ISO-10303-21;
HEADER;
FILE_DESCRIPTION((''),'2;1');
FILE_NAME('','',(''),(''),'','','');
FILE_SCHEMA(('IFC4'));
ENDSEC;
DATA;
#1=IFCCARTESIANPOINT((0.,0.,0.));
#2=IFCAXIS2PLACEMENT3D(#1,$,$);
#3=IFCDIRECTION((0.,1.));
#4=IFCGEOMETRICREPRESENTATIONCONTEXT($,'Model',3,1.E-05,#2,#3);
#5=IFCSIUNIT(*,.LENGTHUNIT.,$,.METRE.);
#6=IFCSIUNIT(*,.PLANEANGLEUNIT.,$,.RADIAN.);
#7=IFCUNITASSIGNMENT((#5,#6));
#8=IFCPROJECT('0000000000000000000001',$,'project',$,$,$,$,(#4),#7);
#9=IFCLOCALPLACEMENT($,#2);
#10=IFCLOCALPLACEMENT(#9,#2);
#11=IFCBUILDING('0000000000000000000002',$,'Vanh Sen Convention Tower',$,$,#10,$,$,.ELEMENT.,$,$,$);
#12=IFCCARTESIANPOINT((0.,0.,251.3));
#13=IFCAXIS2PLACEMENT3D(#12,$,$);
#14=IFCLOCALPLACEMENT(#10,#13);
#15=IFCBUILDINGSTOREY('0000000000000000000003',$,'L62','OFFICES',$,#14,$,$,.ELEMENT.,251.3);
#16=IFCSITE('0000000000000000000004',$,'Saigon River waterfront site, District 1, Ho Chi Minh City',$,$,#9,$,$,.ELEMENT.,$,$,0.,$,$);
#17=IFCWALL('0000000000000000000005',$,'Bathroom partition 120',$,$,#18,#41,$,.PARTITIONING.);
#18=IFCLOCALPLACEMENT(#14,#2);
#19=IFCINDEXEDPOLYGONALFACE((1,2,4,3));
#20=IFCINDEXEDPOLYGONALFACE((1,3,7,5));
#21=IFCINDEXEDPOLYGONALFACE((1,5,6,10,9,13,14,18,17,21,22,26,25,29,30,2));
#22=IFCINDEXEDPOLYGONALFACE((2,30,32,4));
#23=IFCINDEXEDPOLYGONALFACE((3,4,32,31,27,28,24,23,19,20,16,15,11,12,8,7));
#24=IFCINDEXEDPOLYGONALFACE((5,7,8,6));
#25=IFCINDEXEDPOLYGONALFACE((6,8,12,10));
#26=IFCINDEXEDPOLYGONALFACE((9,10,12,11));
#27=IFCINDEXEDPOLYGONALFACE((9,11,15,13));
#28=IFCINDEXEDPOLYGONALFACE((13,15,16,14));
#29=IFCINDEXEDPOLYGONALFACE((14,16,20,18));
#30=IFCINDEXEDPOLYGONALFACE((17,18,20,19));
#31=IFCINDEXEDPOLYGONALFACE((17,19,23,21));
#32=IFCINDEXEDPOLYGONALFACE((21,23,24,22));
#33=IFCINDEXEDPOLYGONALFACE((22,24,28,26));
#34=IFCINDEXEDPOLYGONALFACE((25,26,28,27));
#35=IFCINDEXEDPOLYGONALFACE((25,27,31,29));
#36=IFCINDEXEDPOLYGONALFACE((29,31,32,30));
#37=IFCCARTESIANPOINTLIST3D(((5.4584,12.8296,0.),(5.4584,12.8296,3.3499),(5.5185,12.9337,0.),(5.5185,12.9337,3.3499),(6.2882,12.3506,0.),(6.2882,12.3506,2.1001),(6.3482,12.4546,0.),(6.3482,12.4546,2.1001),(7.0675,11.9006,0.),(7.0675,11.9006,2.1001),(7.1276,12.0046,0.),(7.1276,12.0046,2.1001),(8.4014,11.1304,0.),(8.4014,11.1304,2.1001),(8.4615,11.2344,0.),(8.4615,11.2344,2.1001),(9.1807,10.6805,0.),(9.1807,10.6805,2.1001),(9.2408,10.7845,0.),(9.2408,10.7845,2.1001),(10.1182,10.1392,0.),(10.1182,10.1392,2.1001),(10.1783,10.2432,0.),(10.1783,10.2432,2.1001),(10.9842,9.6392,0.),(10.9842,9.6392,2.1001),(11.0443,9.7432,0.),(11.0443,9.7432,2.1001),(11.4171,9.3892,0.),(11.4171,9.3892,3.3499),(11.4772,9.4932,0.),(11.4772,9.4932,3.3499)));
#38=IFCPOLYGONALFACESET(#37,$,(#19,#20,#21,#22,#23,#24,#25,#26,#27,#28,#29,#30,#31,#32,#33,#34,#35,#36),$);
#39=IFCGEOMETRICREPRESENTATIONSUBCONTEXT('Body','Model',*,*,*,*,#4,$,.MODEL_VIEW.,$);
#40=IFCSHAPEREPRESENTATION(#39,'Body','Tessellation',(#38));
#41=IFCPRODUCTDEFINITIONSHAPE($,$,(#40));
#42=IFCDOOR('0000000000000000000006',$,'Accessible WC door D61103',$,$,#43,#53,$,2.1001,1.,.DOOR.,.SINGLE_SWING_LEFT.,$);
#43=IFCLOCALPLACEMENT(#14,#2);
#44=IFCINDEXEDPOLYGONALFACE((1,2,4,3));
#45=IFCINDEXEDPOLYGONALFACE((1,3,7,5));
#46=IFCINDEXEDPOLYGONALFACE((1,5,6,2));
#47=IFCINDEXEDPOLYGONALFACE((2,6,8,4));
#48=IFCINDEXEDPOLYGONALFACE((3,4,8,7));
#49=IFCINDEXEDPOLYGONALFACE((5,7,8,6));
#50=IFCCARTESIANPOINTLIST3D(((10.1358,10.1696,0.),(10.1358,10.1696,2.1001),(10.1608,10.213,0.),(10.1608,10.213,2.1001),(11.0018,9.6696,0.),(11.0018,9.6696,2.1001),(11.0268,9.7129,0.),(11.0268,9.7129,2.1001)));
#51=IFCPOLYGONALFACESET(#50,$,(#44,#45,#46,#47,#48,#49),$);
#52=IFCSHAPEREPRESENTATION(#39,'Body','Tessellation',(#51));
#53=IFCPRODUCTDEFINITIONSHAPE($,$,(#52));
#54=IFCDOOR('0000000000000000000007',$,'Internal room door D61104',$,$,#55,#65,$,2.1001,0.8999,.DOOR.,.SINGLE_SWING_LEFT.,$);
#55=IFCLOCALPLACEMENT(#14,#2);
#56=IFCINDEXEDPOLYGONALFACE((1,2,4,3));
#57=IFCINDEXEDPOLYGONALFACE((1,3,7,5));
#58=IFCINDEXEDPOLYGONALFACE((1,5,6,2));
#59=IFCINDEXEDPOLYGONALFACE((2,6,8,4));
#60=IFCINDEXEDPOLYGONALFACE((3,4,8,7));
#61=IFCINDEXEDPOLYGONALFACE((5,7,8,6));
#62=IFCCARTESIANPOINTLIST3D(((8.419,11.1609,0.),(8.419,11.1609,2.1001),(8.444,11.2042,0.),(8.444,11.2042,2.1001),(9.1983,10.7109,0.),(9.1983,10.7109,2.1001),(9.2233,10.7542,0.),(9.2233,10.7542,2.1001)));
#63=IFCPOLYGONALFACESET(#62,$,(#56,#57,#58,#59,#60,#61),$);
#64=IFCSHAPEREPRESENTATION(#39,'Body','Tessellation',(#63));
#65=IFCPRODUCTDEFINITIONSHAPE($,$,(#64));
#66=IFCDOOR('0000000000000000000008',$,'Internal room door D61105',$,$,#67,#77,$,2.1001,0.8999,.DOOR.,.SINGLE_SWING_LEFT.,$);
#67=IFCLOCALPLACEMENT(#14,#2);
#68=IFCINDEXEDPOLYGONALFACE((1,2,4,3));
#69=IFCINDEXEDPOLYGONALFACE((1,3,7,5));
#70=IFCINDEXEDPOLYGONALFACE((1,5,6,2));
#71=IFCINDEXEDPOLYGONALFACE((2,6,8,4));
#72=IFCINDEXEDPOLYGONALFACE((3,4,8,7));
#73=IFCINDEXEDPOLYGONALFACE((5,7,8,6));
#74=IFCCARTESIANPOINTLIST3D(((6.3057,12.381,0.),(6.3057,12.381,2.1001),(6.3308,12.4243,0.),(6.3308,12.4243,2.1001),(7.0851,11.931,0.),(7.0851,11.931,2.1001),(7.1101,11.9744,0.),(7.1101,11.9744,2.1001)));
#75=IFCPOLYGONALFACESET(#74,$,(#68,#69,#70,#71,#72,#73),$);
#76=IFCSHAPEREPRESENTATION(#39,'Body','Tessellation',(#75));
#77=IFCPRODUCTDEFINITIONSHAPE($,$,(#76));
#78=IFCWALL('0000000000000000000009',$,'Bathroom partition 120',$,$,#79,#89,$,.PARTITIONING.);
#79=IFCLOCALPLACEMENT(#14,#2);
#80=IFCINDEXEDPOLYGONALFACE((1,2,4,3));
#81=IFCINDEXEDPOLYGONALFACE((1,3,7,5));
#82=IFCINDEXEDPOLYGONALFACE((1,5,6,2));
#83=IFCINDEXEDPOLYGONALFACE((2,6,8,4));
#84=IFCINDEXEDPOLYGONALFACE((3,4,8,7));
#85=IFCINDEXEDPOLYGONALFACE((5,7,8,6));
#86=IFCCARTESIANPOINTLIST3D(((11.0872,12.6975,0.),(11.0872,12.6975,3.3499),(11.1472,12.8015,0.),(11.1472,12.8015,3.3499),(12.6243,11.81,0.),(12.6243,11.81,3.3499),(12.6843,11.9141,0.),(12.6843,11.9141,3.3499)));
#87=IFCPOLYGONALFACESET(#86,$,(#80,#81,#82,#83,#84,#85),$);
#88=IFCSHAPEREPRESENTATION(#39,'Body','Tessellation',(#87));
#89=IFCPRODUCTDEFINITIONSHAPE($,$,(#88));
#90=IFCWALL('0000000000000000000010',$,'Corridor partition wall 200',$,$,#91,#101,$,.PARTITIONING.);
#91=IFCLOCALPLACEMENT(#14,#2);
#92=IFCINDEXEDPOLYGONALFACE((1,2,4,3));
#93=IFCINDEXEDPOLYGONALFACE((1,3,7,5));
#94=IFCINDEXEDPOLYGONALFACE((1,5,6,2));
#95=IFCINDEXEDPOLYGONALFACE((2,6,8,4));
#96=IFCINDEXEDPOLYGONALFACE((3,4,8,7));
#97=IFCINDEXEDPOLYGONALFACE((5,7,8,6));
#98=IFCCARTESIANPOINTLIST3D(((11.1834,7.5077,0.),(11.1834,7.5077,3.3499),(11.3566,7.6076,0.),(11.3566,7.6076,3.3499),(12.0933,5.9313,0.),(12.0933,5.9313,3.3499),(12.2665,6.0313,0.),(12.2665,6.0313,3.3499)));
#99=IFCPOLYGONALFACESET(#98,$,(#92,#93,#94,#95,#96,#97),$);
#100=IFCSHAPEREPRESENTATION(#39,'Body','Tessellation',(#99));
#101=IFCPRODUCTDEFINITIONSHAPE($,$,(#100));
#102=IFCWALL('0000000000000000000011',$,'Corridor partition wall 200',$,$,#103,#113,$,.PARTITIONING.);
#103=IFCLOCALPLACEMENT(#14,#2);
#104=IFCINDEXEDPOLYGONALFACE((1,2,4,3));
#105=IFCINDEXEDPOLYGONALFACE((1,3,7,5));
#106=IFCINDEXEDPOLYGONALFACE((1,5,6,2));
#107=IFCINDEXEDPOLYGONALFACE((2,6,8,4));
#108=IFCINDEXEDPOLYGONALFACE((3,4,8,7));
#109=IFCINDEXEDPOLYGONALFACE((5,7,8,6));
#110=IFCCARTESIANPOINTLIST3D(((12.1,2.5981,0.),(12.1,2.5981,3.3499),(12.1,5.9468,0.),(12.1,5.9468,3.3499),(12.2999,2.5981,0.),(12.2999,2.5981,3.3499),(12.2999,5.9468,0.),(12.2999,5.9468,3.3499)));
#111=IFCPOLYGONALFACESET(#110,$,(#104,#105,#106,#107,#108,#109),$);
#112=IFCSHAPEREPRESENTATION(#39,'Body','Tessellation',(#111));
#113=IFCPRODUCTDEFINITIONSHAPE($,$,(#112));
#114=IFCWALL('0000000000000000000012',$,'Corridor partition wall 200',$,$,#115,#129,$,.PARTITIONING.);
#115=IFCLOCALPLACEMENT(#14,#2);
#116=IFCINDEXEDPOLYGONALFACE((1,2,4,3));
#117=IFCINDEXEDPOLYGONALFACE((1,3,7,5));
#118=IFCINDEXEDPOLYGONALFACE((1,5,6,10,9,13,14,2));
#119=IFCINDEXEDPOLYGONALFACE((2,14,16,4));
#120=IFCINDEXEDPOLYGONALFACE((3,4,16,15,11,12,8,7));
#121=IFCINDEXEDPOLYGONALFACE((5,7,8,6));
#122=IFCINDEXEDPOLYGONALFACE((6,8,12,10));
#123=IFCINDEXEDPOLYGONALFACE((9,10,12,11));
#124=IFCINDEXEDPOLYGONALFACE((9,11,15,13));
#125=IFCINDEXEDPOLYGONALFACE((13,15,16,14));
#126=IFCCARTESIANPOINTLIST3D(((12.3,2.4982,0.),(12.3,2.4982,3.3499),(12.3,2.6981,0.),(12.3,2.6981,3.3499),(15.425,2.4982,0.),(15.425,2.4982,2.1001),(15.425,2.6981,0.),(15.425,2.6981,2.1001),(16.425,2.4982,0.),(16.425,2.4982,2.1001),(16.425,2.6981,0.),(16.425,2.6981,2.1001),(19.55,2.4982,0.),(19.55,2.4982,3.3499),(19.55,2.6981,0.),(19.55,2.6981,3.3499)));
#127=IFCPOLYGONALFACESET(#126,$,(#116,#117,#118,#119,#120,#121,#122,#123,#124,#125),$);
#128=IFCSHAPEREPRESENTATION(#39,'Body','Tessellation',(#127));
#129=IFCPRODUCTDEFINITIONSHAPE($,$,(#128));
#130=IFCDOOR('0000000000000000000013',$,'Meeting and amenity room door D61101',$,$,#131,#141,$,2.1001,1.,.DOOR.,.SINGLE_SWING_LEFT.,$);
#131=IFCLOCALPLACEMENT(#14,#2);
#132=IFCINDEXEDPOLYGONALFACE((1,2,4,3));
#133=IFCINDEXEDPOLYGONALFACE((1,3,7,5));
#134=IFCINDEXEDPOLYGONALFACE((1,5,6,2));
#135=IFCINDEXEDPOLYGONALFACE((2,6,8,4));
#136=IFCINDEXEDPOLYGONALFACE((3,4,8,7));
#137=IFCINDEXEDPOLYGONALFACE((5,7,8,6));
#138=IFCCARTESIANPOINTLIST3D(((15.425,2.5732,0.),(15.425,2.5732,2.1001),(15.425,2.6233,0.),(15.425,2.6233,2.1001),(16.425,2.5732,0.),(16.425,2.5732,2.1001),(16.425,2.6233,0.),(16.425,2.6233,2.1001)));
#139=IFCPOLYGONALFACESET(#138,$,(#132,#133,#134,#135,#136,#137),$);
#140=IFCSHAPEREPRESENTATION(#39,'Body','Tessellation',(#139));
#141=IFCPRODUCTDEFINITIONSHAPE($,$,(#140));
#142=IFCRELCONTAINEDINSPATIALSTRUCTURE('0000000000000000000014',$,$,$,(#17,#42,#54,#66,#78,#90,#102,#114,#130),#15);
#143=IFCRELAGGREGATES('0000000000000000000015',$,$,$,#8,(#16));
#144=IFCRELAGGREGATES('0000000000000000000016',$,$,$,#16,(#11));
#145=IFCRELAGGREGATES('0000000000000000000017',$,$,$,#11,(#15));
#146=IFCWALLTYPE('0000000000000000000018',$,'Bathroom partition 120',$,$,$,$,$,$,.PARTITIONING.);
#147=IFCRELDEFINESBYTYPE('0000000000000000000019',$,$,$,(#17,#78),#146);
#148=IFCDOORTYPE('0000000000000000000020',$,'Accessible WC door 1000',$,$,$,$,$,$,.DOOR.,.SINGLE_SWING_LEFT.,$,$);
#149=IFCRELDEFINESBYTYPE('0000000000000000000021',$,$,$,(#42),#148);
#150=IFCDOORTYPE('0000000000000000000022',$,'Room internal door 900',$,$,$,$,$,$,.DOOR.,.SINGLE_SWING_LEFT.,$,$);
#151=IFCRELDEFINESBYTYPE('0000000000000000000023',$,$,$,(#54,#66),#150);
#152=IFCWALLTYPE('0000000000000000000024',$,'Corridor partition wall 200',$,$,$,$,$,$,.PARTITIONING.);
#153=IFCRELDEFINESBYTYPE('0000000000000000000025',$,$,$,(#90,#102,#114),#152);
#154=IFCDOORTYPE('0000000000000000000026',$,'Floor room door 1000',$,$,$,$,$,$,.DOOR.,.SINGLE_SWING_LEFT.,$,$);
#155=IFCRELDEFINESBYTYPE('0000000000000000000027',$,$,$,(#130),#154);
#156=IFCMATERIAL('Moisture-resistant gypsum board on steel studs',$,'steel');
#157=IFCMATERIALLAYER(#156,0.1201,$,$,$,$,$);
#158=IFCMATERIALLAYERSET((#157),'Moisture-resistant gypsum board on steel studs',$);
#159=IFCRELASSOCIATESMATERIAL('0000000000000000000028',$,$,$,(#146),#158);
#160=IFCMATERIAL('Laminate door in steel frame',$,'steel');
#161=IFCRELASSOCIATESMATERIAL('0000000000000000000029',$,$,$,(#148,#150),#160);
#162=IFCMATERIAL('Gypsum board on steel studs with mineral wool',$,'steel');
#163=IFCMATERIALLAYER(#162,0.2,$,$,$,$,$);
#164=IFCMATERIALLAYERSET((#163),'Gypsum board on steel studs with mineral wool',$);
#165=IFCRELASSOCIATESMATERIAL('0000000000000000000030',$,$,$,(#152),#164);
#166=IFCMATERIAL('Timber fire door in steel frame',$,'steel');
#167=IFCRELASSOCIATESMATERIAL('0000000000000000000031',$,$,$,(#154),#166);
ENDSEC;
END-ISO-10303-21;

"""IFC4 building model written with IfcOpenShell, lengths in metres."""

from ifc_helpers import new_model, si_unit, direction, frame, frame_2d, origin, place, context, subcontext, project, spatial, rectangle, extrude, material, layer, layer_set, type_object, element, fill, save


model = new_model("IFC4")

# Units and contexts
model_context = context("Model", 3, precision=1e-05, world=origin(), true_north=direction((0.0, 1.0)))
body_context = subcontext(model_context, "Body", "Model", "MODEL_VIEW")
ifc_project = project(units=[si_unit("LENGTHUNIT", "METRE"), si_unit("PLANEANGLEUNIT", "RADIAN")], contexts=[model_context])

# Site, building, storey
site_placement = place(None, origin())
site = spatial("IfcSite", under=ifc_project, at=site_placement, Name="Saigon River waterfront site, District 1, Ho Chi Minh City", CompositionType="ELEMENT", RefElevation=0.0)
building_placement = place(site_placement, origin())
building = spatial("IfcBuilding", under=site, at=building_placement, Name="Vanh Sen Convention Tower", CompositionType="ELEMENT")
storey_placement = place(building_placement, frame((0.0, 0.0, 251.3)))
storey = spatial("IfcBuildingStorey", under=building, at=storey_placement, Name="L62", Description="OFFICES", CompositionType="ELEMENT", Elevation=251.3)

# Wall, openings, doors
ifc_material_1 = material(Name="Moisture-resistant gypsum board on steel studs", Category="steel")
ifc_layer_1 = layer(ifc_material_1, 0.1201)
ifc_layer_set_1 = layer_set([ifc_layer_1], Name="Moisture-resistant gypsum board on steel studs")
wall_type_1 = type_object("IfcWallType", Name="Bathroom partition 120", PredefinedType="PARTITIONING", material=ifc_layer_set_1)
wall_1_placement = place(storey_placement, frame((11.4473, 9.4412, 0.0), z_axis=(0.0, 0.0, 1.0), x_axis=(-0.866016, 0.500016, 0.0)))
wall_1 = element("IfcWall", 1, at=wall_1_placement, inside=storey, type_object=wall_type_1, Name="Bathroom partition 120", PredefinedType="PARTITIONING", context=body_context, shape_type="SweptSolid", body=[
    extrude(rectangle(XDim=6.8806, YDim=0.1201, at=frame_2d((3.4404, 0.0))), origin(), (0.0, 0.0, 1.0), 3.3499),
])
opening_1_placement = place(wall_1_placement, frame((0.5, 0.0, 0.0)))
opening_1 = element("IfcOpeningElement", 2, at=opening_1_placement, cuts=wall_1, PredefinedType="OPENING", context=body_context, shape_type="SweptSolid", body=[
    extrude(rectangle(XDim=1.0, YDim=2.1001, at=frame_2d((0.5, 1.05))), frame((0.0, 0.0701, 0.0), z_axis=(0.0, -1.0, 0.0), x_axis=(1.0, 0.0, 0.0)), (0.0, 0.0, 1.0), 0.1401),
])
opening_2_placement = place(wall_1_placement, frame((2.5825, 0.0, 0.0)))
opening_2 = element("IfcOpeningElement", 3, at=opening_2_placement, cuts=wall_1, PredefinedType="OPENING", context=body_context, shape_type="SweptSolid", body=[
    extrude(rectangle(XDim=0.8999, YDim=2.1001, at=frame_2d((0.45, 1.05))), frame((0.0, 0.0701, 0.0), z_axis=(0.0, -1.0, 0.0), x_axis=(1.0, 0.0, 0.0)), (0.0, 0.0, 1.0), 0.1401),
])
opening_3_placement = place(wall_1_placement, frame((5.0227, 0.0, 0.0)))
opening_3 = element("IfcOpeningElement", 4, at=opening_3_placement, cuts=wall_1, PredefinedType="OPENING", context=body_context, shape_type="SweptSolid", body=[
    extrude(rectangle(XDim=0.8999, YDim=2.1001, at=frame_2d((0.45, 1.05))), frame((0.0, 0.0701, 0.0), z_axis=(0.0, -1.0, 0.0), x_axis=(1.0, 0.0, 0.0)), (0.0, 0.0, 1.0), 0.1401),
])
ifc_material_2 = material(Name="Laminate door in steel frame", Category="steel")
door_type_1 = type_object("IfcDoorType", Name="Accessible WC door 1000", OperationType="SINGLE_SWING_LEFT", PredefinedType="DOOR", material=ifc_material_2)
door_1_placement = place(opening_1_placement, origin())
door_1 = element("IfcDoor", 5, at=door_1_placement, inside=storey, type_object=door_type_1, Name="Accessible WC door D61103", OperationType="SINGLE_SWING_LEFT", OverallHeight=2.1001, OverallWidth=1.0, PredefinedType="DOOR", context=body_context, shape_type="SweptSolid", body=[
    extrude(rectangle(XDim=1.0, YDim=2.1001, at=frame_2d((0.5, 1.05))), frame((0.0, 0.0249, 0.0), z_axis=(0.0, -1.0, 0.0), x_axis=(1.0, 0.0, 0.0)), (0.0, 0.0, 1.0), 0.05),
])
fill(opening_1, door_1)
door_type_2 = type_object("IfcDoorType", Name="Room internal door 900", OperationType="SINGLE_SWING_LEFT", PredefinedType="DOOR", material=ifc_material_2)
door_2_placement = place(opening_2_placement, origin())
door_2 = element("IfcDoor", 6, at=door_2_placement, inside=storey, type_object=door_type_2, Name="Internal room door D61104", OperationType="SINGLE_SWING_LEFT", OverallHeight=2.1001, OverallWidth=0.8999, PredefinedType="DOOR", context=body_context, shape_type="SweptSolid", body=[
    extrude(rectangle(XDim=0.8999, YDim=2.1001, at=frame_2d((0.45, 1.05))), frame((0.0, 0.0249, 0.0), z_axis=(0.0, -1.0, 0.0), x_axis=(1.0, 0.0, 0.0)), (0.0, 0.0, 1.0), 0.05),
])
fill(opening_2, door_2)
door_3_placement = place(opening_3_placement, origin())
door_3 = element("IfcDoor", 7, at=door_3_placement, inside=storey, type_object=door_type_2, Name="Internal room door D61105", OperationType="SINGLE_SWING_LEFT", OverallHeight=2.1001, OverallWidth=0.8999, PredefinedType="DOOR", context=body_context, shape_type="SweptSolid", body=[
    extrude(rectangle(XDim=0.8999, YDim=2.1001, at=frame_2d((0.45, 1.05))), frame((0.0, 0.0249, 0.0), z_axis=(0.0, -1.0, 0.0), x_axis=(1.0, 0.0, 0.0)), (0.0, 0.0, 1.0), 0.05),
])
fill(opening_3, door_3)

# Walls
wall_2_placement = place(storey_placement, frame((12.6543, 11.8621, 0.0), z_axis=(0.0, 0.0, 1.0), x_axis=(-0.866025, 0.5, 0.0)))
element("IfcWall", 8, at=wall_2_placement, inside=storey, type_object=wall_type_1, Name="Bathroom partition 120", PredefinedType="PARTITIONING", context=body_context, shape_type="SweptSolid", body=[
    extrude(rectangle(XDim=1.7749, YDim=0.1201, at=frame_2d((0.8875, 0.0))), origin(), (0.0, 0.0, 1.0), 3.3499),
])
ifc_material_3 = material(Name="Gypsum board on steel studs with mineral wool", Category="steel")
ifc_layer_2 = layer(ifc_material_3, 0.2)
ifc_layer_set_2 = layer_set([ifc_layer_2], Name="Gypsum board on steel studs with mineral wool")
wall_type_2 = type_object("IfcWallType", Name="Corridor partition wall 200", PredefinedType="PARTITIONING", material=ifc_layer_set_2)
wall_3_placement = place(storey_placement, frame((12.1799, 5.9812, 0.0), z_axis=(0.0, 0.0, 1.0), x_axis=(-0.499904, 0.866081, 0.0)))
element("IfcWall", 9, at=wall_3_placement, inside=storey, type_object=wall_type_2, Name="Corridor partition wall 200", PredefinedType="PARTITIONING", context=body_context, shape_type="SweptSolid", body=[
    extrude(rectangle(XDim=1.8201, YDim=0.2, at=frame_2d((0.9102, 0.0))), origin(), (0.0, 0.0, 1.0), 3.3499),
])
wall_4_placement = place(storey_placement, frame((12.2, 2.5981, 0.0), z_axis=(0.0, 0.0, 1.0), x_axis=(0.0, 1.0, 0.0)))
element("IfcWall", 10, at=wall_4_placement, inside=storey, type_object=wall_type_2, Name="Corridor partition wall 200", PredefinedType="PARTITIONING", context=body_context, shape_type="SweptSolid", body=[
    extrude(rectangle(XDim=3.3486, YDim=0.2, at=frame_2d((1.6743, 0.0))), origin(), (0.0, 0.0, 1.0), 3.3499),
])

# Wall, opening, door
wall_5_placement = place(storey_placement, frame((19.55, 2.5981, 0.0), z_axis=(0.0, 0.0, 1.0), x_axis=(-1.0, 0.0, 0.0)))
wall_5 = element("IfcWall", 11, at=wall_5_placement, inside=storey, type_object=wall_type_2, Name="Corridor partition wall 200", PredefinedType="PARTITIONING", context=body_context, shape_type="SweptSolid", body=[
    extrude(rectangle(XDim=7.25, YDim=0.2, at=frame_2d((3.625, 0.0))), origin(), (0.0, 0.0, 1.0), 3.3499),
])
opening_4_placement = place(wall_5_placement, frame((3.125, 0.0, 0.0)))
opening_4 = element("IfcOpeningElement", 12, at=opening_4_placement, cuts=wall_5, PredefinedType="OPENING", context=body_context, shape_type="SweptSolid", body=[
    extrude(rectangle(XDim=1.0, YDim=2.1001, at=frame_2d((0.5, 1.05))), frame((0.0, 0.1099, 0.0), z_axis=(0.0, -1.0, 0.0), x_axis=(1.0, 0.0, 0.0)), (0.0, 0.0, 1.0), 0.22),
])
ifc_material_4 = material(Name="Timber fire door in steel frame", Category="steel")
door_type_3 = type_object("IfcDoorType", Name="Floor room door 1000", OperationType="SINGLE_SWING_LEFT", PredefinedType="DOOR", material=ifc_material_4)
door_4_placement = place(opening_4_placement, origin())
door_4 = element("IfcDoor", 13, at=door_4_placement, inside=storey, type_object=door_type_3, Name="Meeting and amenity room door D61101", OperationType="SINGLE_SWING_LEFT", OverallHeight=2.1001, OverallWidth=1.0, PredefinedType="DOOR", context=body_context, shape_type="SweptSolid", body=[
    extrude(rectangle(XDim=1.0, YDim=2.1001, at=frame_2d((0.5, 1.05))), frame((0.0, 0.0249, 0.0), z_axis=(0.0, -1.0, 0.0), x_axis=(1.0, 0.0, 0.0)), (0.0, 0.0, 1.0), 0.05),
])
fill(opening_4, door_4)

save(model, "model.ifc")
